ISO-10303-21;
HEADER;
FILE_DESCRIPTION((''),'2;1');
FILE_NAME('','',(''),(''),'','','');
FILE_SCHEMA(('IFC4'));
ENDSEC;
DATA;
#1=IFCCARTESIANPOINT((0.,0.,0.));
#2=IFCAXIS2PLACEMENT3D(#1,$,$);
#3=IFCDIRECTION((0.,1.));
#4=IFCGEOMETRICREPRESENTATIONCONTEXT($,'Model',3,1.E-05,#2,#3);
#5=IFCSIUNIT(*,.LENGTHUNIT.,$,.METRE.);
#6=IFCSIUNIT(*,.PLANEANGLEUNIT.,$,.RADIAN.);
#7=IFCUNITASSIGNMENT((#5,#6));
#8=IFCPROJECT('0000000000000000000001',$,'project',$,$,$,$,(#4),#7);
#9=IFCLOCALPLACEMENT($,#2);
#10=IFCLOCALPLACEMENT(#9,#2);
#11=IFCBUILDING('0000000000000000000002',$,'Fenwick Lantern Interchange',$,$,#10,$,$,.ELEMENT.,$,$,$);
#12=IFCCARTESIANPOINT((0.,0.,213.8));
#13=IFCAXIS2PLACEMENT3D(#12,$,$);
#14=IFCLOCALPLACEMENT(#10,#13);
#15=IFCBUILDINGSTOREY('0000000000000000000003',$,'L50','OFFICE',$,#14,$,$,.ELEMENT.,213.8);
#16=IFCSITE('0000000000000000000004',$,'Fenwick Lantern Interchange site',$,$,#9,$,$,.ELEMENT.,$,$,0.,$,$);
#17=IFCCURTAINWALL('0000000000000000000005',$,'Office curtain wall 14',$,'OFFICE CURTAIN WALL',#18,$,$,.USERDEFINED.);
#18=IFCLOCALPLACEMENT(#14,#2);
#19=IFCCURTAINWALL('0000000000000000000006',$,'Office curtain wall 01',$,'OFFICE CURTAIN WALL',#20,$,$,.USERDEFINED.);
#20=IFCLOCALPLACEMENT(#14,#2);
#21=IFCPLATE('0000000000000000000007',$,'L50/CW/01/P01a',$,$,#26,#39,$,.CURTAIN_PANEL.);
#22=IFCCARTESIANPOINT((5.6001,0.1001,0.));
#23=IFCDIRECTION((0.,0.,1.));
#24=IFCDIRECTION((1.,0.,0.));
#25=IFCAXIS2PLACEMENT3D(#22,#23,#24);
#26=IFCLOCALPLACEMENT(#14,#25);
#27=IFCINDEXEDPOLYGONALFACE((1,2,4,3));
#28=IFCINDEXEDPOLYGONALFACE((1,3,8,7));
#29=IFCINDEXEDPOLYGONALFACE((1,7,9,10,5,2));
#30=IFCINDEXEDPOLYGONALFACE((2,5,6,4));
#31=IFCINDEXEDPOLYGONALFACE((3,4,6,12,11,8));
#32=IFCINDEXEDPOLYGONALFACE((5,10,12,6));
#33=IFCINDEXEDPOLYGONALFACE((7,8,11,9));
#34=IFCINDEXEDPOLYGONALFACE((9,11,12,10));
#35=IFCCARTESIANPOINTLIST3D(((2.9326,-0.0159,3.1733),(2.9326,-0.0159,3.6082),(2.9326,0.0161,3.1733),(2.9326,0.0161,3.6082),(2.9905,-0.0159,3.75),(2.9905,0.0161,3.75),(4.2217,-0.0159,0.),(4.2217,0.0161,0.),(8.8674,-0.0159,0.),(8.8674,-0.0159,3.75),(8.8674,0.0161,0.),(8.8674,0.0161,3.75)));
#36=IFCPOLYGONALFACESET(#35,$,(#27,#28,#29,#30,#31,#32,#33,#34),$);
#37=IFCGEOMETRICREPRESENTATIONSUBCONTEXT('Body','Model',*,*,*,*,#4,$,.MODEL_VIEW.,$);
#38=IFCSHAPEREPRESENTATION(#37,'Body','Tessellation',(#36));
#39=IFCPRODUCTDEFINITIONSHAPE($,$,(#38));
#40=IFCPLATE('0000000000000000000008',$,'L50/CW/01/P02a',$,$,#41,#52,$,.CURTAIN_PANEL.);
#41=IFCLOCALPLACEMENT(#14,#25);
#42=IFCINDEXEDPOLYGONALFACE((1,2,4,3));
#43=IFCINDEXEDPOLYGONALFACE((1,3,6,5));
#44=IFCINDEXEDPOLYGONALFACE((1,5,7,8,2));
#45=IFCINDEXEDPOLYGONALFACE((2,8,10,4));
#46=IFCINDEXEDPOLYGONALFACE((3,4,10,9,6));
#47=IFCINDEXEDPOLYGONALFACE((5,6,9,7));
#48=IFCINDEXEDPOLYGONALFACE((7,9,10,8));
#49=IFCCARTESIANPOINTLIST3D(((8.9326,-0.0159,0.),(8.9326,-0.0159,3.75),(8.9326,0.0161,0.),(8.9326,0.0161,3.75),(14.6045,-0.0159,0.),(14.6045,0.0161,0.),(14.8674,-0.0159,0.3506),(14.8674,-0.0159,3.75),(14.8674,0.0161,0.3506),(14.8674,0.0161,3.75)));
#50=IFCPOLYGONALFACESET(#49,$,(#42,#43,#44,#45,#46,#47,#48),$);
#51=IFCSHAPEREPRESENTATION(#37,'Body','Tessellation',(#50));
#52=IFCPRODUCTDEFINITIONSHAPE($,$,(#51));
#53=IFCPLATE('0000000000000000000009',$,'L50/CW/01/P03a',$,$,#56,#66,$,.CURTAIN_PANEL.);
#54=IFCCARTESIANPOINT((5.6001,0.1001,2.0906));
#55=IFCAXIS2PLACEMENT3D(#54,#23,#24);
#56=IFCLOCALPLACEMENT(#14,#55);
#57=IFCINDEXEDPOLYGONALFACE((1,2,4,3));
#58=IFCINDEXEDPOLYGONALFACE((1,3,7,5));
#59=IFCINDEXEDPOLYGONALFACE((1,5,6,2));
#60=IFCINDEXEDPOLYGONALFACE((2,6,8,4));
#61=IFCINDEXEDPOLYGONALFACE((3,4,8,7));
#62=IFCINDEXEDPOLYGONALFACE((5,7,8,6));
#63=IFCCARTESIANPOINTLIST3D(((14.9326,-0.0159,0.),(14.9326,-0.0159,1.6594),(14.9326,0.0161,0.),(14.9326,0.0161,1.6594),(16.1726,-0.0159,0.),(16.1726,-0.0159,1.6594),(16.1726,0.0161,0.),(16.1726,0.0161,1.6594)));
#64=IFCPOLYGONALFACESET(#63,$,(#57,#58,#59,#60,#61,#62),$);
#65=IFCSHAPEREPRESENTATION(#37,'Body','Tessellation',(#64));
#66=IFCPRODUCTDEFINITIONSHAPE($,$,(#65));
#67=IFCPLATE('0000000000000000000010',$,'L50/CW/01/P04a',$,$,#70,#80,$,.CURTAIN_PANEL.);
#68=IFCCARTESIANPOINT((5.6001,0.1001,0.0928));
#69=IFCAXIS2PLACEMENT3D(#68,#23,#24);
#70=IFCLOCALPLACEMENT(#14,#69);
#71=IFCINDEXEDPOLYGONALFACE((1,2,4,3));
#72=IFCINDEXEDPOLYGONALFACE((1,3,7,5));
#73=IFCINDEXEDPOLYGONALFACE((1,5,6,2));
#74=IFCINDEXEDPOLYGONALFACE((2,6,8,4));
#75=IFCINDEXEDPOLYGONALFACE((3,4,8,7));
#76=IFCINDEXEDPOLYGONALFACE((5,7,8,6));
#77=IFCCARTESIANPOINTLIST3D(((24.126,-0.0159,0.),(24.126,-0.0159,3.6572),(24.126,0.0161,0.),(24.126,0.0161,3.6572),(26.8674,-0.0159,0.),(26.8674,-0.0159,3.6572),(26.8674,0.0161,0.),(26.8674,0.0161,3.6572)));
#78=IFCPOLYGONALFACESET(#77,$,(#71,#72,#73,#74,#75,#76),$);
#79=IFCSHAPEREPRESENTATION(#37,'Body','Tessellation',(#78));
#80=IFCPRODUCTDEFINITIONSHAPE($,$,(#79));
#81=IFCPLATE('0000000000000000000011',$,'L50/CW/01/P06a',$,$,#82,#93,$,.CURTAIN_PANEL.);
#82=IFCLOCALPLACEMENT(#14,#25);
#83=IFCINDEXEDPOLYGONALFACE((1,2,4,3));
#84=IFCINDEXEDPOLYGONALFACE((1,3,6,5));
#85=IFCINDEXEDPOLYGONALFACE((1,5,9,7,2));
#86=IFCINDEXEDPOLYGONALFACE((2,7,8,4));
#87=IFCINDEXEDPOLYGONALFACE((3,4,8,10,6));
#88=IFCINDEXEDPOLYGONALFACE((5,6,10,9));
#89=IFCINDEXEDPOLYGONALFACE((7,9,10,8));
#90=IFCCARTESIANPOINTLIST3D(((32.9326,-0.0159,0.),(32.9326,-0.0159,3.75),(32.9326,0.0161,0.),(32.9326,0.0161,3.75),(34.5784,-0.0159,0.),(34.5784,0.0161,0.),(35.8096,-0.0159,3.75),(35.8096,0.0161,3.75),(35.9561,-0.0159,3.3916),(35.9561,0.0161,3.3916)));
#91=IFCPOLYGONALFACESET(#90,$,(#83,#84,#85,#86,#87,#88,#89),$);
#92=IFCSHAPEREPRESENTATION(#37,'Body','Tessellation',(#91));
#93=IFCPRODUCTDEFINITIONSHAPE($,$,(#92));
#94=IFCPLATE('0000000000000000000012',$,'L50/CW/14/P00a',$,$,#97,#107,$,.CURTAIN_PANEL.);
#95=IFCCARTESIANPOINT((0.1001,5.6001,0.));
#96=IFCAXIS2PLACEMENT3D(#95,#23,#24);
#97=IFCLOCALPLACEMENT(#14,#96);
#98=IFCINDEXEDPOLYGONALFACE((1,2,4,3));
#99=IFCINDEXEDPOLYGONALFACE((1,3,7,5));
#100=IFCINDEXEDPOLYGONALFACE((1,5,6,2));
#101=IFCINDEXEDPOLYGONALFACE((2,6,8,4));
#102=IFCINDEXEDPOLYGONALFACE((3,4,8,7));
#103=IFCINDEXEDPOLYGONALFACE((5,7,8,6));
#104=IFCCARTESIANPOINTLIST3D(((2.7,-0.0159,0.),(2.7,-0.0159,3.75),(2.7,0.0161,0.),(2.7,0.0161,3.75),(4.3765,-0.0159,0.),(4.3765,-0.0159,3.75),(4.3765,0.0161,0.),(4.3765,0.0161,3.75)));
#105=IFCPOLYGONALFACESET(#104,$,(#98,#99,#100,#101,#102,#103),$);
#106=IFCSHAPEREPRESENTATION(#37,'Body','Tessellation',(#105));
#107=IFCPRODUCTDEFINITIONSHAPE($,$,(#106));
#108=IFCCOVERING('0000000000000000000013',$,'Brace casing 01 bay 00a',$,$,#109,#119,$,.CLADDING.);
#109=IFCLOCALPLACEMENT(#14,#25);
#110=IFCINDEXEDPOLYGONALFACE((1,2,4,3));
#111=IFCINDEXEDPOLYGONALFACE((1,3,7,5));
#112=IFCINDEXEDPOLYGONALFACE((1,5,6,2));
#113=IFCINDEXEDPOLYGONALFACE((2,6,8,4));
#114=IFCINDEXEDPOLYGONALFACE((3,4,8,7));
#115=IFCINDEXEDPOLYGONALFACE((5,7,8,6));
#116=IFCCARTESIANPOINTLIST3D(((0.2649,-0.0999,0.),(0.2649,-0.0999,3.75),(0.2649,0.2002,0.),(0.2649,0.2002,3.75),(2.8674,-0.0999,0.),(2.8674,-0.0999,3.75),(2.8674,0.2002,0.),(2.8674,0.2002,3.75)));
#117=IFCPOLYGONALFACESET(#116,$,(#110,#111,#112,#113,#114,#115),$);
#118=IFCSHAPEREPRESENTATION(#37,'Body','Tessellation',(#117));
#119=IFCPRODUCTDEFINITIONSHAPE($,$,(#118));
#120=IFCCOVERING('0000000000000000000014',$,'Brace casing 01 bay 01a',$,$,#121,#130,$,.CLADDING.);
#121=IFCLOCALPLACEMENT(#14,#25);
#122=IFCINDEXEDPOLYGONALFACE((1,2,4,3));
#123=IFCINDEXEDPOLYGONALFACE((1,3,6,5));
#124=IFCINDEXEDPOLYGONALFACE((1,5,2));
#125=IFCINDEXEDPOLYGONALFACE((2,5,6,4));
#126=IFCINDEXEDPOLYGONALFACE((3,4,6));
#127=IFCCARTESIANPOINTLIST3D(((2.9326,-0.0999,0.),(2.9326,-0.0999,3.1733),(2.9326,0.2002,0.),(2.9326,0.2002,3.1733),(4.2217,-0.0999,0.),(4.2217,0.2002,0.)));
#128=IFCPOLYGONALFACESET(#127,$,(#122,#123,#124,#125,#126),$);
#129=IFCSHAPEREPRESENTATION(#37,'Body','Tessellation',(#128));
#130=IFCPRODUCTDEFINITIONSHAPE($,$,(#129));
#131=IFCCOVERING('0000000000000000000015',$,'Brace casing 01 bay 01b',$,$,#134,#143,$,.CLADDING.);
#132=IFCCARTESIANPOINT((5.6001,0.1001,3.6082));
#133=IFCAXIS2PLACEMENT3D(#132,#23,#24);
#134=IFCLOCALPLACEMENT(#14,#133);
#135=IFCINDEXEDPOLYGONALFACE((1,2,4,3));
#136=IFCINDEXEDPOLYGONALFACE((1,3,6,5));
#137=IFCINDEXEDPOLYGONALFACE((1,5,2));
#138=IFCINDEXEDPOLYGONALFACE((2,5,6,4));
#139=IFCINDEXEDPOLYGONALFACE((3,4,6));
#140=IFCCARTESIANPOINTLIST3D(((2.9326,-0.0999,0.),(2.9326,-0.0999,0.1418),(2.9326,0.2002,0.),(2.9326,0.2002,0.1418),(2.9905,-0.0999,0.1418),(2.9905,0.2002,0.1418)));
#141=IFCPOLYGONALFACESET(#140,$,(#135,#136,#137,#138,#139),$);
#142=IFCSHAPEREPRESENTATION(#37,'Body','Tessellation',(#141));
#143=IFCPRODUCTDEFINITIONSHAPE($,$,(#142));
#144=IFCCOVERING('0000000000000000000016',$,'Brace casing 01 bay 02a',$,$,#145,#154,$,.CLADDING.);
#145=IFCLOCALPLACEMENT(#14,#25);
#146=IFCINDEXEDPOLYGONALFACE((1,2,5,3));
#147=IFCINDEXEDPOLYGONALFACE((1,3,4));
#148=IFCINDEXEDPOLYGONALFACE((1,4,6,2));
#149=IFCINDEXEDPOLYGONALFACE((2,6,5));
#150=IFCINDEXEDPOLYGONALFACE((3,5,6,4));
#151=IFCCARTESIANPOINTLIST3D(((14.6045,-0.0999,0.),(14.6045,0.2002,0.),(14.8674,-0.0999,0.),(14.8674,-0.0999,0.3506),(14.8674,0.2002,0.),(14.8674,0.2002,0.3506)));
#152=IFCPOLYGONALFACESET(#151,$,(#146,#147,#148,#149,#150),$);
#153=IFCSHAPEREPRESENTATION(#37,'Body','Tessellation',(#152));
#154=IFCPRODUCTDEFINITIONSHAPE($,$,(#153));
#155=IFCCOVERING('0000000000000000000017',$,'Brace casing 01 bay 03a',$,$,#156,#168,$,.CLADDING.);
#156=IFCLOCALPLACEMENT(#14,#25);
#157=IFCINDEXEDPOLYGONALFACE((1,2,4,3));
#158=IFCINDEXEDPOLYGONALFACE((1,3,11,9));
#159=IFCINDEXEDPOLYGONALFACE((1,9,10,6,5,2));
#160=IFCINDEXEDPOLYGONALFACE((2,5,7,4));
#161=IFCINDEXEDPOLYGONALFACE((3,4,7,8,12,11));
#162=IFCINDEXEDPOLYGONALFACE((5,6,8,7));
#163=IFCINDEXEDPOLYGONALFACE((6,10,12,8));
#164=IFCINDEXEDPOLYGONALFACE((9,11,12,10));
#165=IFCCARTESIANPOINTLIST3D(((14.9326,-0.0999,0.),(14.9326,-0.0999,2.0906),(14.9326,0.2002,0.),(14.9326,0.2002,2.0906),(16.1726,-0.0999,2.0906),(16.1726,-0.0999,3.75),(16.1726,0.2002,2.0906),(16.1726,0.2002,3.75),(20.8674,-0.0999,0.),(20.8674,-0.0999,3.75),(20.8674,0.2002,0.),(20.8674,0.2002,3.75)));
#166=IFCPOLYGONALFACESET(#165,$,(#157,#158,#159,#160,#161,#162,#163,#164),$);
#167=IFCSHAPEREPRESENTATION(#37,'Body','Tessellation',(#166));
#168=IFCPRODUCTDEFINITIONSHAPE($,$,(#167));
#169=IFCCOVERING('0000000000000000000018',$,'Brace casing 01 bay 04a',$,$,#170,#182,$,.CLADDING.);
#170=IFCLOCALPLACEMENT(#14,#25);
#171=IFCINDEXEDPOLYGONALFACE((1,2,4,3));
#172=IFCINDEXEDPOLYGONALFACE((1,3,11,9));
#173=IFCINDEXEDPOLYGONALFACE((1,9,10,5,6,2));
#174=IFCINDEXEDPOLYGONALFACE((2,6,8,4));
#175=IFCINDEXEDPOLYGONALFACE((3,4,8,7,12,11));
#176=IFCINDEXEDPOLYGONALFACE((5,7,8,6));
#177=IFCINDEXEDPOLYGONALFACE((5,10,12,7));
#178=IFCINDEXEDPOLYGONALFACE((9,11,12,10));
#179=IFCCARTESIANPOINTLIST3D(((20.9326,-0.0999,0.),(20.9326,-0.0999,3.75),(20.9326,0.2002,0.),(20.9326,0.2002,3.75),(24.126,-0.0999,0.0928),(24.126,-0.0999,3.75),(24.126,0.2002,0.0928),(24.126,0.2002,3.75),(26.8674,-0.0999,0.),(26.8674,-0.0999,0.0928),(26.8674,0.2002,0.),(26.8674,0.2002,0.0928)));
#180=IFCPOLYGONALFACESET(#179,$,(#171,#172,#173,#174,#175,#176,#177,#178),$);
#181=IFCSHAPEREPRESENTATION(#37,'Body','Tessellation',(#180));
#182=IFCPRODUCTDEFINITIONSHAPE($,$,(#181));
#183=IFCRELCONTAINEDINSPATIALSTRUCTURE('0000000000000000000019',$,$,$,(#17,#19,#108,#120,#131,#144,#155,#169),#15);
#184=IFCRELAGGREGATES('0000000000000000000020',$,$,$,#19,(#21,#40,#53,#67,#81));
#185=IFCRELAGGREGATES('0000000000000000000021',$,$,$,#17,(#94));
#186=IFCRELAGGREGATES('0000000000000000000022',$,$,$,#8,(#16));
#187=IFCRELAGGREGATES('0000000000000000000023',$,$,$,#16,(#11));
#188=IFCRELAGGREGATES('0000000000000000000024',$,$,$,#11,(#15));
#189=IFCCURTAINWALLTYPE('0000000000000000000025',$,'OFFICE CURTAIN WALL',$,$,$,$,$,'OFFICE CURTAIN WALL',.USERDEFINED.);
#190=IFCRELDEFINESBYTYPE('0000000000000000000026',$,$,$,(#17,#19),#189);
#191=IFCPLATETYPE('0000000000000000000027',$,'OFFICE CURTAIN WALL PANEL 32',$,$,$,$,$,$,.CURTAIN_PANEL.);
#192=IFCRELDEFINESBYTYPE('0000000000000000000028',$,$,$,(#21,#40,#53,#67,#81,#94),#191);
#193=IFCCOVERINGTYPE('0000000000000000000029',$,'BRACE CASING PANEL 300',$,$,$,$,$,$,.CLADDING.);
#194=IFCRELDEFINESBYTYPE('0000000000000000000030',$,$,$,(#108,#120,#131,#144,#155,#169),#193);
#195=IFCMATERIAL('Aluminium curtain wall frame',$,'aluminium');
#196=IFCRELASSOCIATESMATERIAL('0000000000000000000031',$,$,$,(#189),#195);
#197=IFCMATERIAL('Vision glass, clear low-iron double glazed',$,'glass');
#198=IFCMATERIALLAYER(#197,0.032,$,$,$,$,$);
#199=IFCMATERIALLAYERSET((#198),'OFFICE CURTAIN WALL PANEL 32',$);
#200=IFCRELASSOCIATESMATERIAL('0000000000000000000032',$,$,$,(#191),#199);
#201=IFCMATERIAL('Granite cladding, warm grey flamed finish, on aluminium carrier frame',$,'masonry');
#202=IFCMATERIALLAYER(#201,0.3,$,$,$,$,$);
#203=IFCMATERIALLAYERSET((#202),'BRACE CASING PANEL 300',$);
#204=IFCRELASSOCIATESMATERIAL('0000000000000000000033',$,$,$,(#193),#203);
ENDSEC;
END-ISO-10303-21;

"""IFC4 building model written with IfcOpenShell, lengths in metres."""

from ifc_helpers import new_model, si_unit, direction, frame, origin, place, context, subcontext, project, spatial, polyline, outline, extrude, material, layer, layer_set, type_object, element, aggregate, save


model = new_model("IFC4")

# Units and contexts
model_context = context("Model", 3, precision=1e-05, world=origin(), true_north=direction((0.0, 1.0)))
body_context = subcontext(model_context, "Body", "Model", "MODEL_VIEW")
ifc_project = project(units=[si_unit("LENGTHUNIT", "METRE"), si_unit("PLANEANGLEUNIT", "RADIAN")], contexts=[model_context])

# Site, building, storey
site_placement = place(None, origin())
site = spatial("IfcSite", under=ifc_project, at=site_placement, Name="Fenwick Lantern Interchange site", CompositionType="ELEMENT", RefElevation=0.0)
building_placement = place(site_placement, origin())
building = spatial("IfcBuilding", under=site, at=building_placement, Name="Fenwick Lantern Interchange", CompositionType="ELEMENT")
storey_placement = place(building_placement, frame((0.0, 0.0, 213.8)))
storey = spatial("IfcBuildingStorey", under=building, at=storey_placement, Name="L50", Description="OFFICE", CompositionType="ELEMENT", Elevation=213.8)

# Shared definitions
ifc_material_1 = material(Name="Aluminium curtain wall frame", Category="aluminium")
curtain_wall_type = type_object("IfcCurtainWallType", Name="OFFICE CURTAIN WALL", ElementType="OFFICE CURTAIN WALL", PredefinedType="USERDEFINED", material=ifc_material_1)

# Curtain wall
curtain_wall_1_placement = place(storey_placement, origin())
curtain_wall_1 = element("IfcCurtainWall", 1, at=curtain_wall_1_placement, inside=storey, type_object=curtain_wall_type, Name="Office curtain wall 14", ObjectType="OFFICE CURTAIN WALL", PredefinedType="USERDEFINED")

# Curtain wall, plates
curtain_wall_2_placement = place(storey_placement, origin())
curtain_wall_2 = element("IfcCurtainWall", 2, at=curtain_wall_2_placement, inside=storey, type_object=curtain_wall_type, Name="Office curtain wall 01", ObjectType="OFFICE CURTAIN WALL", PredefinedType="USERDEFINED")
ifc_material_2 = material(Name="Vision glass, clear low-iron double glazed", Category="glass")
ifc_layer_1 = layer(ifc_material_2, 0.032)
ifc_layer_set_1 = layer_set([ifc_layer_1], Name="OFFICE CURTAIN WALL PANEL 32")
plate_type = type_object("IfcPlateType", Name="OFFICE CURTAIN WALL PANEL 32", PredefinedType="CURTAIN_PANEL", material=ifc_layer_set_1)
plate_1_placement = place(storey_placement, frame((5.6001, 0.1001, 0.0), z_axis=(0.0, 0.0, 1.0), x_axis=(1.0, 0.0, 0.0)))
plate_1 = element("IfcPlate", 3, at=plate_1_placement, type_object=plate_type, Name="L50/CW/01/P01a", PredefinedType="CURTAIN_PANEL", context=body_context, shape_type="SweptSolid", body=[
    extrude(outline(polyline([(4.2217, 0.0), (8.8674, 0.0), (8.8674, 3.75), (2.9905, 3.75), (2.9326, 3.6082), (2.9326, 3.1733), (4.2217, 0.0)])), frame((0.0, 0.0161, 0.0), z_axis=(0.0, -1.0, 0.0), x_axis=(1.0, 0.0, 0.0)), (0.0, 0.0, 1.0), 0.032),
])
plate_2_placement = place(storey_placement, frame((5.6001, 0.1001, 0.0), z_axis=(0.0, 0.0, 1.0), x_axis=(1.0, 0.0, 0.0)))
plate_2 = element("IfcPlate", 4, at=plate_2_placement, type_object=plate_type, Name="L50/CW/01/P02a", PredefinedType="CURTAIN_PANEL", context=body_context, shape_type="SweptSolid", body=[
    extrude(outline(polyline([(8.9326, 0.0), (14.6045, 0.0), (14.8674, 0.3506), (14.8674, 3.75), (8.9326, 3.75), (8.9326, 0.0)])), frame((0.0, 0.0161, 0.0), z_axis=(0.0, -1.0, 0.0), x_axis=(1.0, 0.0, 0.0)), (0.0, 0.0, 1.0), 0.032),
])
plate_3_placement = place(storey_placement, frame((5.6001, 0.1001, 2.0906), z_axis=(0.0, 0.0, 1.0), x_axis=(1.0, 0.0, 0.0)))
plate_3 = element("IfcPlate", 5, at=plate_3_placement, type_object=plate_type, Name="L50/CW/01/P03a", PredefinedType="CURTAIN_PANEL", context=body_context, shape_type="SweptSolid", body=[
    extrude(outline(polyline([(14.9326, 0.0), (16.1726, 0.0), (16.1726, 1.6594), (14.9326, 1.6594), (14.9326, 0.0)])), frame((0.0, 0.0161, 0.0), z_axis=(0.0, -1.0, 0.0), x_axis=(1.0, 0.0, 0.0)), (0.0, 0.0, 1.0), 0.032),
])
plate_4_placement = place(storey_placement, frame((5.6001, 0.1001, 0.0928), z_axis=(0.0, 0.0, 1.0), x_axis=(1.0, 0.0, 0.0)))
plate_4 = element("IfcPlate", 6, at=plate_4_placement, type_object=plate_type, Name="L50/CW/01/P04a", PredefinedType="CURTAIN_PANEL", context=body_context, shape_type="SweptSolid", body=[
    extrude(outline(polyline([(24.126, 0.0), (26.8674, 0.0), (26.8674, 3.6572), (24.126, 3.6572), (24.126, 0.0)])), frame((0.0, 0.0161, 0.0), z_axis=(0.0, -1.0, 0.0), x_axis=(1.0, 0.0, 0.0)), (0.0, 0.0, 1.0), 0.032),
])
plate_5_placement = place(storey_placement, frame((5.6001, 0.1001, 0.0), z_axis=(0.0, 0.0, 1.0), x_axis=(1.0, 0.0, 0.0)))
plate_5 = element("IfcPlate", 7, at=plate_5_placement, type_object=plate_type, Name="L50/CW/01/P06a", PredefinedType="CURTAIN_PANEL", context=body_context, shape_type="SweptSolid", body=[
    extrude(outline(polyline([(32.9326, 0.0), (34.5784, 0.0), (35.9561, 3.3916), (35.8096, 3.75), (32.9326, 3.75), (32.9326, 0.0)])), frame((0.0, 0.0161, 0.0), z_axis=(0.0, -1.0, 0.0), x_axis=(1.0, 0.0, 0.0)), (0.0, 0.0, 1.0), 0.032),
])
aggregate(curtain_wall_2, [plate_1, plate_2, plate_3, plate_4, plate_5])

# Plate
plate_6_placement = place(storey_placement, frame((0.1001, 5.6001, 0.0), z_axis=(0.0, 0.0, 1.0), x_axis=(1.0, 0.0, 0.0)))
plate_6 = element("IfcPlate", 8, at=plate_6_placement, type_object=plate_type, Name="L50/CW/14/P00a", PredefinedType="CURTAIN_PANEL", context=body_context, shape_type="SweptSolid", body=[
    extrude(outline(polyline([(2.7, 0.0), (4.3765, 0.0), (4.3765, 3.75), (2.7, 3.75), (2.7, 0.0)])), frame((0.0, 0.0161, 0.0), z_axis=(0.0, -1.0, 0.0), x_axis=(1.0, 0.0, 0.0)), (0.0, 0.0, 1.0), 0.032),
])
aggregate(curtain_wall_1, [plate_6])

# Coverings
ifc_material_3 = material(Name="Granite cladding, warm grey flamed finish, on aluminium carrier frame", Category="masonry")
ifc_layer_2 = layer(ifc_material_3, 0.3)
ifc_layer_set_2 = layer_set([ifc_layer_2], Name="BRACE CASING PANEL 300")
covering_type_1 = type_object("IfcCoveringType", Name="BRACE CASING PANEL 300", PredefinedType="CLADDING", material=ifc_layer_set_2)
covering_1_placement = place(storey_placement, frame((5.6001, 0.1001, 0.0), z_axis=(0.0, 0.0, 1.0), x_axis=(1.0, 0.0, 0.0)))
element("IfcCovering", 9, at=covering_1_placement, inside=storey, type_object=covering_type_1, Name="Brace casing 01 bay 00a", PredefinedType="CLADDING", context=body_context, shape_type="SweptSolid", body=[
    extrude(outline(polyline([(0.2649, 0.0), (2.8674, 0.0), (2.8674, 3.75), (0.2649, 3.75), (0.2649, 0.0)])), frame((0.0, 0.2002, 0.0), z_axis=(0.0, -1.0, 0.0), x_axis=(1.0, 0.0, 0.0)), (0.0, 0.0, 1.0), 0.3),
])
covering_2_placement = place(storey_placement, frame((5.6001, 0.1001, 0.0), z_axis=(0.0, 0.0, 1.0), x_axis=(1.0, 0.0, 0.0)))
element("IfcCovering", 10, at=covering_2_placement, inside=storey, type_object=covering_type_1, Name="Brace casing 01 bay 01a", PredefinedType="CLADDING", context=body_context, shape_type="SweptSolid", body=[
    extrude(outline(polyline([(2.9326, 0.0), (4.2217, 0.0), (2.9326, 3.1733), (2.9326, 0.0)])), frame((0.0, 0.2002, 0.0), z_axis=(0.0, -1.0, 0.0), x_axis=(1.0, 0.0, 0.0)), (0.0, 0.0, 1.0), 0.3),
])
covering_3_placement = place(storey_placement, frame((5.6001, 0.1001, 3.6082), z_axis=(0.0, 0.0, 1.0), x_axis=(1.0, 0.0, 0.0)))
element("IfcCovering", 11, at=covering_3_placement, inside=storey, type_object=covering_type_1, Name="Brace casing 01 bay 01b", PredefinedType="CLADDING", context=body_context, shape_type="SweptSolid", body=[
    extrude(outline(polyline([(2.9326, 0.0), (2.9905, 0.1418), (2.9326, 0.1418), (2.9326, 0.0)])), frame((0.0, 0.2002, 0.0), z_axis=(0.0, -1.0, 0.0), x_axis=(1.0, 0.0, 0.0)), (0.0, 0.0, 1.0), 0.3),
])
covering_4_placement = place(storey_placement, frame((5.6001, 0.1001, 0.0), z_axis=(0.0, 0.0, 1.0), x_axis=(1.0, 0.0, 0.0)))
element("IfcCovering", 12, at=covering_4_placement, inside=storey, type_object=covering_type_1, Name="Brace casing 01 bay 02a", PredefinedType="CLADDING", context=body_context, shape_type="SweptSolid", body=[
    extrude(outline(polyline([(14.6045, 0.0), (14.8674, 0.0), (14.8674, 0.3506), (14.6045, 0.0)])), frame((0.0, 0.2002, 0.0), z_axis=(0.0, -1.0, 0.0), x_axis=(1.0, 0.0, 0.0)), (0.0, 0.0, 1.0), 0.3),
])
covering_5_placement = place(storey_placement, frame((5.6001, 0.1001, 0.0), z_axis=(0.0, 0.0, 1.0), x_axis=(1.0, 0.0, 0.0)))
element("IfcCovering", 13, at=covering_5_placement, inside=storey, type_object=covering_type_1, Name="Brace casing 01 bay 03a", PredefinedType="CLADDING", context=body_context, shape_type="SweptSolid", body=[
    extrude(outline(polyline([(14.9326, 0.0), (20.8674, 0.0), (20.8674, 3.75), (16.1726, 3.75), (16.1726, 2.0906), (14.9326, 2.0906), (14.9326, 0.0)])), frame((0.0, 0.2002, 0.0), z_axis=(0.0, -1.0, 0.0), x_axis=(1.0, 0.0, 0.0)), (0.0, 0.0, 1.0), 0.3),
])
covering_6_placement = place(storey_placement, frame((5.6001, 0.1001, 0.0), z_axis=(0.0, 0.0, 1.0), x_axis=(1.0, 0.0, 0.0)))
element("IfcCovering", 14, at=covering_6_placement, inside=storey, type_object=covering_type_1, Name="Brace casing 01 bay 04a", PredefinedType="CLADDING", context=body_context, shape_type="SweptSolid", body=[
    extrude(outline(polyline([(20.9326, 0.0), (26.8674, 0.0), (26.8674, 0.0928), (24.126, 0.0928), (24.126, 3.75), (20.9326, 3.75), (20.9326, 0.0)])), frame((0.0, 0.2002, 0.0), z_axis=(0.0, -1.0, 0.0), x_axis=(1.0, 0.0, 0.0)), (0.0, 0.0, 1.0), 0.3),
])

save(model, "model.ifc")
